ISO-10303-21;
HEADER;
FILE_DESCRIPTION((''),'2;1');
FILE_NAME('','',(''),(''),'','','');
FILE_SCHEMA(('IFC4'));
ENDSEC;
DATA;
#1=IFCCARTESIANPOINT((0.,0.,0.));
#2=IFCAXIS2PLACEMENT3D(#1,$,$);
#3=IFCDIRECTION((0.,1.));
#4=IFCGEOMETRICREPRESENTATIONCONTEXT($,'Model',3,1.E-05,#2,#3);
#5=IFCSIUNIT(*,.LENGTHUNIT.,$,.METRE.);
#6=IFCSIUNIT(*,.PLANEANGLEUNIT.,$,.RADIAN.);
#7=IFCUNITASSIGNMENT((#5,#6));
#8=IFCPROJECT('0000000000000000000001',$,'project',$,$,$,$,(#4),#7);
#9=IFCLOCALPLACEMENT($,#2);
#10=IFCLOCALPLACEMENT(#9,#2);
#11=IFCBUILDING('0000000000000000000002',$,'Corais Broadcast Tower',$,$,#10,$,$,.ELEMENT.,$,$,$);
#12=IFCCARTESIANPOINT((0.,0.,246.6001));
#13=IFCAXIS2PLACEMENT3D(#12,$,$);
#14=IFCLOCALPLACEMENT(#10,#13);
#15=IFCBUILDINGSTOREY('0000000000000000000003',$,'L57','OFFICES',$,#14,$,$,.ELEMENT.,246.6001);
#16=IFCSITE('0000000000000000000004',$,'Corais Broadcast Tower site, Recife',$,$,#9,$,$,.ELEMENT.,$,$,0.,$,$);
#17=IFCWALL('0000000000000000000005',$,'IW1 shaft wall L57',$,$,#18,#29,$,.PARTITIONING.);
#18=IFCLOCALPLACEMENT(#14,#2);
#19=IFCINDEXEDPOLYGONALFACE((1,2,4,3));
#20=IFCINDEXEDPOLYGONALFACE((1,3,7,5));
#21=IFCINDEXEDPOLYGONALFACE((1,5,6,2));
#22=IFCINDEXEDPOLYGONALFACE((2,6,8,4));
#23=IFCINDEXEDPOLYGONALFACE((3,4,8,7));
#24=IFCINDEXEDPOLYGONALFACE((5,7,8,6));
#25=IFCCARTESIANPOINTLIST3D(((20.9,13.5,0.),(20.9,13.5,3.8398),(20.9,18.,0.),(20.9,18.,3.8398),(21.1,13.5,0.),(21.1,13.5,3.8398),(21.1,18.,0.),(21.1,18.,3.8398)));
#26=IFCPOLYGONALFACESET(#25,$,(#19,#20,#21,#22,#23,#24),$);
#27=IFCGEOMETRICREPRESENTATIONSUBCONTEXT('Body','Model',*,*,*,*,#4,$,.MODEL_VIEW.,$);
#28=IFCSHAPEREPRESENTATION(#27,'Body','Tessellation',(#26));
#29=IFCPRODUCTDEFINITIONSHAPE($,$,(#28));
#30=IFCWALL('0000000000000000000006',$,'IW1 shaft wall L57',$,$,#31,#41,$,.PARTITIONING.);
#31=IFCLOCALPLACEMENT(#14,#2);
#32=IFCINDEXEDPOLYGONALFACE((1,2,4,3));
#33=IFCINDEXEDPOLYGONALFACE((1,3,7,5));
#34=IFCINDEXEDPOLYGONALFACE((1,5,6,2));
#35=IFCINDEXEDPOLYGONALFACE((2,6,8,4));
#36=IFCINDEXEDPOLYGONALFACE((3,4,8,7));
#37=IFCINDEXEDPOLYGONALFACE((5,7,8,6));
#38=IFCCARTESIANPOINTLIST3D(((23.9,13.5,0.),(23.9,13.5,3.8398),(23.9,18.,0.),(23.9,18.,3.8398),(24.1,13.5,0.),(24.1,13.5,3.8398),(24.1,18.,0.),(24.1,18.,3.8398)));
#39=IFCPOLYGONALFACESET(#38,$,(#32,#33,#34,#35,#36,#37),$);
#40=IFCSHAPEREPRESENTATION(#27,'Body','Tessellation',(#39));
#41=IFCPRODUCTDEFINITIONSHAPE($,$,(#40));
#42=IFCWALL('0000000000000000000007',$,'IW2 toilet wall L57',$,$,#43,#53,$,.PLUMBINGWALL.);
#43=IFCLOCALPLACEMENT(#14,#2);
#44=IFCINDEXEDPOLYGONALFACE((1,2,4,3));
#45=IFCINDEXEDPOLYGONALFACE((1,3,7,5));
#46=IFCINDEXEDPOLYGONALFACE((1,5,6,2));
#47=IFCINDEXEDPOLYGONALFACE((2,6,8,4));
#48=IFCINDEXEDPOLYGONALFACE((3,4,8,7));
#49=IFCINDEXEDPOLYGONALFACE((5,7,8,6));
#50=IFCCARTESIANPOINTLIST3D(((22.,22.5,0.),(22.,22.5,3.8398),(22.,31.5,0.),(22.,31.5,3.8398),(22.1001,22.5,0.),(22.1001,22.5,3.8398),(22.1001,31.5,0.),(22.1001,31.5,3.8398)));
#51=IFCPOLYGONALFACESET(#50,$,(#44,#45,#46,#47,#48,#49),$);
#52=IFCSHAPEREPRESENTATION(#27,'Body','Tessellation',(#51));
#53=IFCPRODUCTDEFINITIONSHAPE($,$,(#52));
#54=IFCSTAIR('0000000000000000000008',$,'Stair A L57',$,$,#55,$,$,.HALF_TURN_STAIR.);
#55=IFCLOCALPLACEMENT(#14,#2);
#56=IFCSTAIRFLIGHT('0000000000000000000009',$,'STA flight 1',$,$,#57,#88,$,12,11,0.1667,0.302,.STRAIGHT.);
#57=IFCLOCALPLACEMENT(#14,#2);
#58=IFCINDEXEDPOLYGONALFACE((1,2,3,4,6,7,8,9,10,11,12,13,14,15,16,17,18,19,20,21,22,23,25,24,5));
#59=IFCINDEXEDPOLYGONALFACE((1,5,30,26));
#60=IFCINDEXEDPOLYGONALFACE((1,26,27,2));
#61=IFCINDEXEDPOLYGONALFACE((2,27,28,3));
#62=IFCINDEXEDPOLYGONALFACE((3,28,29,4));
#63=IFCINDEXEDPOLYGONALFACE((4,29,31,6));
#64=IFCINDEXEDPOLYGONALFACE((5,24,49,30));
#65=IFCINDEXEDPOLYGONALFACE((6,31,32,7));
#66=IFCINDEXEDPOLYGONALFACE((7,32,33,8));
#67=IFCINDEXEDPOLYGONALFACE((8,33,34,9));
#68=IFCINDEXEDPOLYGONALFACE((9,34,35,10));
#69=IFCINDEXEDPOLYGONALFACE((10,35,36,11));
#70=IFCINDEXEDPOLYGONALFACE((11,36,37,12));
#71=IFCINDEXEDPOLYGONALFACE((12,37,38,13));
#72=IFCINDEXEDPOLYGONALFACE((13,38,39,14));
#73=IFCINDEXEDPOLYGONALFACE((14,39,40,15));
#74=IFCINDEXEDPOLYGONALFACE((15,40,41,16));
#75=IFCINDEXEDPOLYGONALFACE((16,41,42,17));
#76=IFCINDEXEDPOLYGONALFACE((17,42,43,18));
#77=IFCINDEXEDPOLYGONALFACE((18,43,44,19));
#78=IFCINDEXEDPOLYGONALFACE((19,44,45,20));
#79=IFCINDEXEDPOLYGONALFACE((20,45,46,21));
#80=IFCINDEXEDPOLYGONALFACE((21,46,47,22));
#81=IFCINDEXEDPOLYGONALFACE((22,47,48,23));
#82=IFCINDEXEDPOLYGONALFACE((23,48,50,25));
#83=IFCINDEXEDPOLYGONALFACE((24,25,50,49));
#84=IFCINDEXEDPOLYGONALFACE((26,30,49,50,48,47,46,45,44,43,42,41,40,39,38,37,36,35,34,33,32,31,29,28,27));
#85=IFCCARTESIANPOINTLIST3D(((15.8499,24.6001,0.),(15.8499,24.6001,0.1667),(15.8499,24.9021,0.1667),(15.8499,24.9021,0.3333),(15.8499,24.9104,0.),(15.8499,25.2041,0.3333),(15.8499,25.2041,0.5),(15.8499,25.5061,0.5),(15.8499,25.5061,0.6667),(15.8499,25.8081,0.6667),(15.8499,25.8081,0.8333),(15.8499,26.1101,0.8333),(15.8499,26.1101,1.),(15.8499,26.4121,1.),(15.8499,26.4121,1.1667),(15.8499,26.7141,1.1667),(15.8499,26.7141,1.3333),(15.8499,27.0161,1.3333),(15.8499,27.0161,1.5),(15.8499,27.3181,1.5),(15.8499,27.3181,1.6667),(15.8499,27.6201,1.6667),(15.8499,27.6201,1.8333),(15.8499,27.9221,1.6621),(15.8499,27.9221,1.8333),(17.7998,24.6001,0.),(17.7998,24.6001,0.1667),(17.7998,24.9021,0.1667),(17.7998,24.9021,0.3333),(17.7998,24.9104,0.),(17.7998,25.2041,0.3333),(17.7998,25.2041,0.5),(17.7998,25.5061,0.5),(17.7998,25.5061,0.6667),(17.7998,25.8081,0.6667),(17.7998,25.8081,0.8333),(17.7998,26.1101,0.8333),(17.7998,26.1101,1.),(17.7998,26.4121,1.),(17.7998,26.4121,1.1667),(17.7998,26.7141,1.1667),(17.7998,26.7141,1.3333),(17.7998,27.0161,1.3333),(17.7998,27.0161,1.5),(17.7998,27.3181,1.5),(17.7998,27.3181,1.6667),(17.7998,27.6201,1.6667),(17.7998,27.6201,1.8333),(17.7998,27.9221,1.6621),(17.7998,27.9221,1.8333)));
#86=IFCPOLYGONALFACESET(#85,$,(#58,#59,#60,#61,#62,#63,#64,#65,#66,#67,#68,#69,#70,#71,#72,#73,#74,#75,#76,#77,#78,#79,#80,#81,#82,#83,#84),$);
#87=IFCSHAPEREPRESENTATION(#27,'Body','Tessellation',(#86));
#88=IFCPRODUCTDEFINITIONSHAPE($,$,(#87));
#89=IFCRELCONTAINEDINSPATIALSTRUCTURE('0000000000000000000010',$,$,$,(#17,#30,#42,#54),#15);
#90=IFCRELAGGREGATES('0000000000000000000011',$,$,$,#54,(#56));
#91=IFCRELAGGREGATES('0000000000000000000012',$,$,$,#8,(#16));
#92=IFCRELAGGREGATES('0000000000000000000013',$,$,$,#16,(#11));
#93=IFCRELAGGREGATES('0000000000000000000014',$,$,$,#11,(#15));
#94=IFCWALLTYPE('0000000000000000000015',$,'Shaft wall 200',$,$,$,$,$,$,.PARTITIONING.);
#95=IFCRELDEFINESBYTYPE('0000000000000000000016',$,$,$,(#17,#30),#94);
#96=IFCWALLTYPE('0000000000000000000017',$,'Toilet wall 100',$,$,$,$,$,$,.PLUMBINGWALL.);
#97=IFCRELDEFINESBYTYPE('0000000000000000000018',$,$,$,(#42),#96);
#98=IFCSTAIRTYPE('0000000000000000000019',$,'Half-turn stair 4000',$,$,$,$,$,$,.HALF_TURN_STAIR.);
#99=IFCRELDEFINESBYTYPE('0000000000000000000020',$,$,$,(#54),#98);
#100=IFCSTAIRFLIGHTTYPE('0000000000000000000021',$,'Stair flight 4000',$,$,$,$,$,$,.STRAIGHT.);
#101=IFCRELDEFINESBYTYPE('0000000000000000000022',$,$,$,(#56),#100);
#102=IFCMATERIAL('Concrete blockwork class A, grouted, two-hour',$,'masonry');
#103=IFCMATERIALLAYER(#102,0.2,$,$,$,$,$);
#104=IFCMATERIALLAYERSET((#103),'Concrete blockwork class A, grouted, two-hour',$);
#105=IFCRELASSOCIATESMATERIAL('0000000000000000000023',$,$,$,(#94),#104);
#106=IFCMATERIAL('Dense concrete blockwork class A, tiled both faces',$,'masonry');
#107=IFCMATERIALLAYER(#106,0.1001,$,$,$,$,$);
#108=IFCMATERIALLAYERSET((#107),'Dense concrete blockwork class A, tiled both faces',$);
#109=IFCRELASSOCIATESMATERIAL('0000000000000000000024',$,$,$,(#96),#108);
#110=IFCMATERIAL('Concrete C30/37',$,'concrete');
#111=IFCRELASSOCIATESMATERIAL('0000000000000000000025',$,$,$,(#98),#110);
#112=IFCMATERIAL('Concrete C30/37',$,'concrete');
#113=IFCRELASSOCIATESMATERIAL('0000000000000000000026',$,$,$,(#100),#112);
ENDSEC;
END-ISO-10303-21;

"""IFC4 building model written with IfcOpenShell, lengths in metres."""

from ifc_helpers import new_model, si_unit, direction, frame, frame_2d, origin, place, context, subcontext, project, spatial, polyline, rectangle, outline, extrude, material, layer, layer_set, type_object, element, aggregate, save


model = new_model("IFC4")

# Units and contexts
model_context = context("Model", 3, precision=1e-05, world=origin(), true_north=direction((0.0, 1.0)))
body_context = subcontext(model_context, "Body", "Model", "MODEL_VIEW")
ifc_project = project(units=[si_unit("LENGTHUNIT", "METRE"), si_unit("PLANEANGLEUNIT", "RADIAN")], contexts=[model_context])

# Site, building, storey
site_placement = place(None, origin())
site = spatial("IfcSite", under=ifc_project, at=site_placement, Name="Corais Broadcast Tower site, Recife", CompositionType="ELEMENT", RefElevation=0.0)
building_placement = place(site_placement, origin())
building = spatial("IfcBuilding", under=site, at=building_placement, Name="Corais Broadcast Tower", CompositionType="ELEMENT")
storey_placement = place(building_placement, frame((0.0, 0.0, 246.6001)))
storey = spatial("IfcBuildingStorey", under=building, at=storey_placement, Name="L57", Description="OFFICES", CompositionType="ELEMENT", Elevation=246.6001)

# Walls
ifc_material_1 = material(Name="Concrete blockwork class A, grouted, two-hour", Category="masonry")
ifc_layer_1 = layer(ifc_material_1, 0.2)
ifc_layer_set_1 = layer_set([ifc_layer_1], Name="Concrete blockwork class A, grouted, two-hour")
wall_type_1 = type_object("IfcWallType", Name="Shaft wall 200", PredefinedType="PARTITIONING", material=ifc_layer_set_1)
for number, where, z_axis, x_axis, name in (
    (1, (21.0, 13.5, 0.0), (0.0, 0.0, 1.0), (0.0, 1.0, 0.0), "IW1 shaft wall L57"),
    (2, (24.0, 13.5, 0.0), (0.0, 0.0, 1.0), (0.0, 1.0, 0.0), "IW1 shaft wall L57"),
):
    element("IfcWall", number, at=place(storey_placement, frame(where, z_axis=z_axis, x_axis=x_axis)), inside=storey, type_object=wall_type_1, Name=name, PredefinedType="PARTITIONING", context=body_context, shape_type="SweptSolid", body=[
        extrude(rectangle(XDim=4.5, YDim=0.2, at=frame_2d((2.25, 0.0))), origin(), (0.0, 0.0, 1.0), 3.8398),
    ])
ifc_material_2 = material(Name="Dense concrete blockwork class A, tiled both faces", Category="masonry")
ifc_layer_2 = layer(ifc_material_2, 0.1001)
ifc_layer_set_2 = layer_set([ifc_layer_2], Name="Dense concrete blockwork class A, tiled both faces")
wall_type_2 = type_object("IfcWallType", Name="Toilet wall 100", PredefinedType="PLUMBINGWALL", material=ifc_layer_set_2)
wall_1_placement = place(storey_placement, frame((22.05, 22.5, 0.0), z_axis=(0.0, 0.0, 1.0), x_axis=(0.0, 1.0, 0.0)))
element("IfcWall", 3, at=wall_1_placement, inside=storey, type_object=wall_type_2, Name="IW2 toilet wall L57", PredefinedType="PLUMBINGWALL", context=body_context, shape_type="SweptSolid", body=[
    extrude(rectangle(XDim=9.0, YDim=0.1001, at=frame_2d((4.5, 0.0))), origin(), (0.0, 0.0, 1.0), 3.8398),
])

# Stair, stair flight
ifc_material_3 = material(Name="Concrete C30/37", Category="concrete")
stair_type = type_object("IfcStairType", Name="Half-turn stair 4000", PredefinedType="HALF_TURN_STAIR", material=ifc_material_3)
stair_placement = place(storey_placement, origin())
stair = element("IfcStair", 4, at=stair_placement, inside=storey, type_object=stair_type, Name="Stair A L57", PredefinedType="HALF_TURN_STAIR")
ifc_material_4 = material(Name="Concrete C30/37", Category="concrete")
stair_flight_type = type_object("IfcStairFlightType", Name="Stair flight 4000", PredefinedType="STRAIGHT", material=ifc_material_4)
stair_flight_placement = place(storey_placement, frame((16.825, 24.6001, 0.0), z_axis=(0.0, 0.0, 1.0), x_axis=(0.0, 1.0, 0.0)))
stair_flight = element("IfcStairFlight", 5, at=stair_flight_placement, type_object=stair_flight_type, Name="STA flight 1", NumberOfRisers=12, NumberOfTreads=11, PredefinedType="STRAIGHT", RiserHeight=0.1667, TreadLength=0.302, context=body_context, shape_type="SweptSolid", body=[
    extrude(outline(polyline([(0.0, 0.0), (0.0, 0.1667), (0.302, 0.1667), (0.302, 0.3333), (0.604, 0.3333), (0.604, 0.5), (0.906, 0.5), (0.906, 0.6667), (1.208, 0.6667), (1.208, 0.8333), (1.51, 0.8333), (1.51, 1.0), (1.812, 1.0), (1.812, 1.1667), (2.114, 1.1667), (2.114, 1.3333), (2.416, 1.3333), (2.416, 1.5), (2.718, 1.5), (2.718, 1.6667), (3.02, 1.6667), (3.02, 1.8333), (3.322, 1.8333), (3.322, 2.0), (3.322, 1.6621), (0.3103, 0.0), (0.0, 0.0)])), frame((0.0, 0.9751, 0.0), z_axis=(0.0, -1.0, 0.0), x_axis=(1.0, 0.0, 0.0)), (0.0, 0.0, 1.0), 1.95),
])
aggregate(stair, [stair_flight])

save(model, "model.ifc")
